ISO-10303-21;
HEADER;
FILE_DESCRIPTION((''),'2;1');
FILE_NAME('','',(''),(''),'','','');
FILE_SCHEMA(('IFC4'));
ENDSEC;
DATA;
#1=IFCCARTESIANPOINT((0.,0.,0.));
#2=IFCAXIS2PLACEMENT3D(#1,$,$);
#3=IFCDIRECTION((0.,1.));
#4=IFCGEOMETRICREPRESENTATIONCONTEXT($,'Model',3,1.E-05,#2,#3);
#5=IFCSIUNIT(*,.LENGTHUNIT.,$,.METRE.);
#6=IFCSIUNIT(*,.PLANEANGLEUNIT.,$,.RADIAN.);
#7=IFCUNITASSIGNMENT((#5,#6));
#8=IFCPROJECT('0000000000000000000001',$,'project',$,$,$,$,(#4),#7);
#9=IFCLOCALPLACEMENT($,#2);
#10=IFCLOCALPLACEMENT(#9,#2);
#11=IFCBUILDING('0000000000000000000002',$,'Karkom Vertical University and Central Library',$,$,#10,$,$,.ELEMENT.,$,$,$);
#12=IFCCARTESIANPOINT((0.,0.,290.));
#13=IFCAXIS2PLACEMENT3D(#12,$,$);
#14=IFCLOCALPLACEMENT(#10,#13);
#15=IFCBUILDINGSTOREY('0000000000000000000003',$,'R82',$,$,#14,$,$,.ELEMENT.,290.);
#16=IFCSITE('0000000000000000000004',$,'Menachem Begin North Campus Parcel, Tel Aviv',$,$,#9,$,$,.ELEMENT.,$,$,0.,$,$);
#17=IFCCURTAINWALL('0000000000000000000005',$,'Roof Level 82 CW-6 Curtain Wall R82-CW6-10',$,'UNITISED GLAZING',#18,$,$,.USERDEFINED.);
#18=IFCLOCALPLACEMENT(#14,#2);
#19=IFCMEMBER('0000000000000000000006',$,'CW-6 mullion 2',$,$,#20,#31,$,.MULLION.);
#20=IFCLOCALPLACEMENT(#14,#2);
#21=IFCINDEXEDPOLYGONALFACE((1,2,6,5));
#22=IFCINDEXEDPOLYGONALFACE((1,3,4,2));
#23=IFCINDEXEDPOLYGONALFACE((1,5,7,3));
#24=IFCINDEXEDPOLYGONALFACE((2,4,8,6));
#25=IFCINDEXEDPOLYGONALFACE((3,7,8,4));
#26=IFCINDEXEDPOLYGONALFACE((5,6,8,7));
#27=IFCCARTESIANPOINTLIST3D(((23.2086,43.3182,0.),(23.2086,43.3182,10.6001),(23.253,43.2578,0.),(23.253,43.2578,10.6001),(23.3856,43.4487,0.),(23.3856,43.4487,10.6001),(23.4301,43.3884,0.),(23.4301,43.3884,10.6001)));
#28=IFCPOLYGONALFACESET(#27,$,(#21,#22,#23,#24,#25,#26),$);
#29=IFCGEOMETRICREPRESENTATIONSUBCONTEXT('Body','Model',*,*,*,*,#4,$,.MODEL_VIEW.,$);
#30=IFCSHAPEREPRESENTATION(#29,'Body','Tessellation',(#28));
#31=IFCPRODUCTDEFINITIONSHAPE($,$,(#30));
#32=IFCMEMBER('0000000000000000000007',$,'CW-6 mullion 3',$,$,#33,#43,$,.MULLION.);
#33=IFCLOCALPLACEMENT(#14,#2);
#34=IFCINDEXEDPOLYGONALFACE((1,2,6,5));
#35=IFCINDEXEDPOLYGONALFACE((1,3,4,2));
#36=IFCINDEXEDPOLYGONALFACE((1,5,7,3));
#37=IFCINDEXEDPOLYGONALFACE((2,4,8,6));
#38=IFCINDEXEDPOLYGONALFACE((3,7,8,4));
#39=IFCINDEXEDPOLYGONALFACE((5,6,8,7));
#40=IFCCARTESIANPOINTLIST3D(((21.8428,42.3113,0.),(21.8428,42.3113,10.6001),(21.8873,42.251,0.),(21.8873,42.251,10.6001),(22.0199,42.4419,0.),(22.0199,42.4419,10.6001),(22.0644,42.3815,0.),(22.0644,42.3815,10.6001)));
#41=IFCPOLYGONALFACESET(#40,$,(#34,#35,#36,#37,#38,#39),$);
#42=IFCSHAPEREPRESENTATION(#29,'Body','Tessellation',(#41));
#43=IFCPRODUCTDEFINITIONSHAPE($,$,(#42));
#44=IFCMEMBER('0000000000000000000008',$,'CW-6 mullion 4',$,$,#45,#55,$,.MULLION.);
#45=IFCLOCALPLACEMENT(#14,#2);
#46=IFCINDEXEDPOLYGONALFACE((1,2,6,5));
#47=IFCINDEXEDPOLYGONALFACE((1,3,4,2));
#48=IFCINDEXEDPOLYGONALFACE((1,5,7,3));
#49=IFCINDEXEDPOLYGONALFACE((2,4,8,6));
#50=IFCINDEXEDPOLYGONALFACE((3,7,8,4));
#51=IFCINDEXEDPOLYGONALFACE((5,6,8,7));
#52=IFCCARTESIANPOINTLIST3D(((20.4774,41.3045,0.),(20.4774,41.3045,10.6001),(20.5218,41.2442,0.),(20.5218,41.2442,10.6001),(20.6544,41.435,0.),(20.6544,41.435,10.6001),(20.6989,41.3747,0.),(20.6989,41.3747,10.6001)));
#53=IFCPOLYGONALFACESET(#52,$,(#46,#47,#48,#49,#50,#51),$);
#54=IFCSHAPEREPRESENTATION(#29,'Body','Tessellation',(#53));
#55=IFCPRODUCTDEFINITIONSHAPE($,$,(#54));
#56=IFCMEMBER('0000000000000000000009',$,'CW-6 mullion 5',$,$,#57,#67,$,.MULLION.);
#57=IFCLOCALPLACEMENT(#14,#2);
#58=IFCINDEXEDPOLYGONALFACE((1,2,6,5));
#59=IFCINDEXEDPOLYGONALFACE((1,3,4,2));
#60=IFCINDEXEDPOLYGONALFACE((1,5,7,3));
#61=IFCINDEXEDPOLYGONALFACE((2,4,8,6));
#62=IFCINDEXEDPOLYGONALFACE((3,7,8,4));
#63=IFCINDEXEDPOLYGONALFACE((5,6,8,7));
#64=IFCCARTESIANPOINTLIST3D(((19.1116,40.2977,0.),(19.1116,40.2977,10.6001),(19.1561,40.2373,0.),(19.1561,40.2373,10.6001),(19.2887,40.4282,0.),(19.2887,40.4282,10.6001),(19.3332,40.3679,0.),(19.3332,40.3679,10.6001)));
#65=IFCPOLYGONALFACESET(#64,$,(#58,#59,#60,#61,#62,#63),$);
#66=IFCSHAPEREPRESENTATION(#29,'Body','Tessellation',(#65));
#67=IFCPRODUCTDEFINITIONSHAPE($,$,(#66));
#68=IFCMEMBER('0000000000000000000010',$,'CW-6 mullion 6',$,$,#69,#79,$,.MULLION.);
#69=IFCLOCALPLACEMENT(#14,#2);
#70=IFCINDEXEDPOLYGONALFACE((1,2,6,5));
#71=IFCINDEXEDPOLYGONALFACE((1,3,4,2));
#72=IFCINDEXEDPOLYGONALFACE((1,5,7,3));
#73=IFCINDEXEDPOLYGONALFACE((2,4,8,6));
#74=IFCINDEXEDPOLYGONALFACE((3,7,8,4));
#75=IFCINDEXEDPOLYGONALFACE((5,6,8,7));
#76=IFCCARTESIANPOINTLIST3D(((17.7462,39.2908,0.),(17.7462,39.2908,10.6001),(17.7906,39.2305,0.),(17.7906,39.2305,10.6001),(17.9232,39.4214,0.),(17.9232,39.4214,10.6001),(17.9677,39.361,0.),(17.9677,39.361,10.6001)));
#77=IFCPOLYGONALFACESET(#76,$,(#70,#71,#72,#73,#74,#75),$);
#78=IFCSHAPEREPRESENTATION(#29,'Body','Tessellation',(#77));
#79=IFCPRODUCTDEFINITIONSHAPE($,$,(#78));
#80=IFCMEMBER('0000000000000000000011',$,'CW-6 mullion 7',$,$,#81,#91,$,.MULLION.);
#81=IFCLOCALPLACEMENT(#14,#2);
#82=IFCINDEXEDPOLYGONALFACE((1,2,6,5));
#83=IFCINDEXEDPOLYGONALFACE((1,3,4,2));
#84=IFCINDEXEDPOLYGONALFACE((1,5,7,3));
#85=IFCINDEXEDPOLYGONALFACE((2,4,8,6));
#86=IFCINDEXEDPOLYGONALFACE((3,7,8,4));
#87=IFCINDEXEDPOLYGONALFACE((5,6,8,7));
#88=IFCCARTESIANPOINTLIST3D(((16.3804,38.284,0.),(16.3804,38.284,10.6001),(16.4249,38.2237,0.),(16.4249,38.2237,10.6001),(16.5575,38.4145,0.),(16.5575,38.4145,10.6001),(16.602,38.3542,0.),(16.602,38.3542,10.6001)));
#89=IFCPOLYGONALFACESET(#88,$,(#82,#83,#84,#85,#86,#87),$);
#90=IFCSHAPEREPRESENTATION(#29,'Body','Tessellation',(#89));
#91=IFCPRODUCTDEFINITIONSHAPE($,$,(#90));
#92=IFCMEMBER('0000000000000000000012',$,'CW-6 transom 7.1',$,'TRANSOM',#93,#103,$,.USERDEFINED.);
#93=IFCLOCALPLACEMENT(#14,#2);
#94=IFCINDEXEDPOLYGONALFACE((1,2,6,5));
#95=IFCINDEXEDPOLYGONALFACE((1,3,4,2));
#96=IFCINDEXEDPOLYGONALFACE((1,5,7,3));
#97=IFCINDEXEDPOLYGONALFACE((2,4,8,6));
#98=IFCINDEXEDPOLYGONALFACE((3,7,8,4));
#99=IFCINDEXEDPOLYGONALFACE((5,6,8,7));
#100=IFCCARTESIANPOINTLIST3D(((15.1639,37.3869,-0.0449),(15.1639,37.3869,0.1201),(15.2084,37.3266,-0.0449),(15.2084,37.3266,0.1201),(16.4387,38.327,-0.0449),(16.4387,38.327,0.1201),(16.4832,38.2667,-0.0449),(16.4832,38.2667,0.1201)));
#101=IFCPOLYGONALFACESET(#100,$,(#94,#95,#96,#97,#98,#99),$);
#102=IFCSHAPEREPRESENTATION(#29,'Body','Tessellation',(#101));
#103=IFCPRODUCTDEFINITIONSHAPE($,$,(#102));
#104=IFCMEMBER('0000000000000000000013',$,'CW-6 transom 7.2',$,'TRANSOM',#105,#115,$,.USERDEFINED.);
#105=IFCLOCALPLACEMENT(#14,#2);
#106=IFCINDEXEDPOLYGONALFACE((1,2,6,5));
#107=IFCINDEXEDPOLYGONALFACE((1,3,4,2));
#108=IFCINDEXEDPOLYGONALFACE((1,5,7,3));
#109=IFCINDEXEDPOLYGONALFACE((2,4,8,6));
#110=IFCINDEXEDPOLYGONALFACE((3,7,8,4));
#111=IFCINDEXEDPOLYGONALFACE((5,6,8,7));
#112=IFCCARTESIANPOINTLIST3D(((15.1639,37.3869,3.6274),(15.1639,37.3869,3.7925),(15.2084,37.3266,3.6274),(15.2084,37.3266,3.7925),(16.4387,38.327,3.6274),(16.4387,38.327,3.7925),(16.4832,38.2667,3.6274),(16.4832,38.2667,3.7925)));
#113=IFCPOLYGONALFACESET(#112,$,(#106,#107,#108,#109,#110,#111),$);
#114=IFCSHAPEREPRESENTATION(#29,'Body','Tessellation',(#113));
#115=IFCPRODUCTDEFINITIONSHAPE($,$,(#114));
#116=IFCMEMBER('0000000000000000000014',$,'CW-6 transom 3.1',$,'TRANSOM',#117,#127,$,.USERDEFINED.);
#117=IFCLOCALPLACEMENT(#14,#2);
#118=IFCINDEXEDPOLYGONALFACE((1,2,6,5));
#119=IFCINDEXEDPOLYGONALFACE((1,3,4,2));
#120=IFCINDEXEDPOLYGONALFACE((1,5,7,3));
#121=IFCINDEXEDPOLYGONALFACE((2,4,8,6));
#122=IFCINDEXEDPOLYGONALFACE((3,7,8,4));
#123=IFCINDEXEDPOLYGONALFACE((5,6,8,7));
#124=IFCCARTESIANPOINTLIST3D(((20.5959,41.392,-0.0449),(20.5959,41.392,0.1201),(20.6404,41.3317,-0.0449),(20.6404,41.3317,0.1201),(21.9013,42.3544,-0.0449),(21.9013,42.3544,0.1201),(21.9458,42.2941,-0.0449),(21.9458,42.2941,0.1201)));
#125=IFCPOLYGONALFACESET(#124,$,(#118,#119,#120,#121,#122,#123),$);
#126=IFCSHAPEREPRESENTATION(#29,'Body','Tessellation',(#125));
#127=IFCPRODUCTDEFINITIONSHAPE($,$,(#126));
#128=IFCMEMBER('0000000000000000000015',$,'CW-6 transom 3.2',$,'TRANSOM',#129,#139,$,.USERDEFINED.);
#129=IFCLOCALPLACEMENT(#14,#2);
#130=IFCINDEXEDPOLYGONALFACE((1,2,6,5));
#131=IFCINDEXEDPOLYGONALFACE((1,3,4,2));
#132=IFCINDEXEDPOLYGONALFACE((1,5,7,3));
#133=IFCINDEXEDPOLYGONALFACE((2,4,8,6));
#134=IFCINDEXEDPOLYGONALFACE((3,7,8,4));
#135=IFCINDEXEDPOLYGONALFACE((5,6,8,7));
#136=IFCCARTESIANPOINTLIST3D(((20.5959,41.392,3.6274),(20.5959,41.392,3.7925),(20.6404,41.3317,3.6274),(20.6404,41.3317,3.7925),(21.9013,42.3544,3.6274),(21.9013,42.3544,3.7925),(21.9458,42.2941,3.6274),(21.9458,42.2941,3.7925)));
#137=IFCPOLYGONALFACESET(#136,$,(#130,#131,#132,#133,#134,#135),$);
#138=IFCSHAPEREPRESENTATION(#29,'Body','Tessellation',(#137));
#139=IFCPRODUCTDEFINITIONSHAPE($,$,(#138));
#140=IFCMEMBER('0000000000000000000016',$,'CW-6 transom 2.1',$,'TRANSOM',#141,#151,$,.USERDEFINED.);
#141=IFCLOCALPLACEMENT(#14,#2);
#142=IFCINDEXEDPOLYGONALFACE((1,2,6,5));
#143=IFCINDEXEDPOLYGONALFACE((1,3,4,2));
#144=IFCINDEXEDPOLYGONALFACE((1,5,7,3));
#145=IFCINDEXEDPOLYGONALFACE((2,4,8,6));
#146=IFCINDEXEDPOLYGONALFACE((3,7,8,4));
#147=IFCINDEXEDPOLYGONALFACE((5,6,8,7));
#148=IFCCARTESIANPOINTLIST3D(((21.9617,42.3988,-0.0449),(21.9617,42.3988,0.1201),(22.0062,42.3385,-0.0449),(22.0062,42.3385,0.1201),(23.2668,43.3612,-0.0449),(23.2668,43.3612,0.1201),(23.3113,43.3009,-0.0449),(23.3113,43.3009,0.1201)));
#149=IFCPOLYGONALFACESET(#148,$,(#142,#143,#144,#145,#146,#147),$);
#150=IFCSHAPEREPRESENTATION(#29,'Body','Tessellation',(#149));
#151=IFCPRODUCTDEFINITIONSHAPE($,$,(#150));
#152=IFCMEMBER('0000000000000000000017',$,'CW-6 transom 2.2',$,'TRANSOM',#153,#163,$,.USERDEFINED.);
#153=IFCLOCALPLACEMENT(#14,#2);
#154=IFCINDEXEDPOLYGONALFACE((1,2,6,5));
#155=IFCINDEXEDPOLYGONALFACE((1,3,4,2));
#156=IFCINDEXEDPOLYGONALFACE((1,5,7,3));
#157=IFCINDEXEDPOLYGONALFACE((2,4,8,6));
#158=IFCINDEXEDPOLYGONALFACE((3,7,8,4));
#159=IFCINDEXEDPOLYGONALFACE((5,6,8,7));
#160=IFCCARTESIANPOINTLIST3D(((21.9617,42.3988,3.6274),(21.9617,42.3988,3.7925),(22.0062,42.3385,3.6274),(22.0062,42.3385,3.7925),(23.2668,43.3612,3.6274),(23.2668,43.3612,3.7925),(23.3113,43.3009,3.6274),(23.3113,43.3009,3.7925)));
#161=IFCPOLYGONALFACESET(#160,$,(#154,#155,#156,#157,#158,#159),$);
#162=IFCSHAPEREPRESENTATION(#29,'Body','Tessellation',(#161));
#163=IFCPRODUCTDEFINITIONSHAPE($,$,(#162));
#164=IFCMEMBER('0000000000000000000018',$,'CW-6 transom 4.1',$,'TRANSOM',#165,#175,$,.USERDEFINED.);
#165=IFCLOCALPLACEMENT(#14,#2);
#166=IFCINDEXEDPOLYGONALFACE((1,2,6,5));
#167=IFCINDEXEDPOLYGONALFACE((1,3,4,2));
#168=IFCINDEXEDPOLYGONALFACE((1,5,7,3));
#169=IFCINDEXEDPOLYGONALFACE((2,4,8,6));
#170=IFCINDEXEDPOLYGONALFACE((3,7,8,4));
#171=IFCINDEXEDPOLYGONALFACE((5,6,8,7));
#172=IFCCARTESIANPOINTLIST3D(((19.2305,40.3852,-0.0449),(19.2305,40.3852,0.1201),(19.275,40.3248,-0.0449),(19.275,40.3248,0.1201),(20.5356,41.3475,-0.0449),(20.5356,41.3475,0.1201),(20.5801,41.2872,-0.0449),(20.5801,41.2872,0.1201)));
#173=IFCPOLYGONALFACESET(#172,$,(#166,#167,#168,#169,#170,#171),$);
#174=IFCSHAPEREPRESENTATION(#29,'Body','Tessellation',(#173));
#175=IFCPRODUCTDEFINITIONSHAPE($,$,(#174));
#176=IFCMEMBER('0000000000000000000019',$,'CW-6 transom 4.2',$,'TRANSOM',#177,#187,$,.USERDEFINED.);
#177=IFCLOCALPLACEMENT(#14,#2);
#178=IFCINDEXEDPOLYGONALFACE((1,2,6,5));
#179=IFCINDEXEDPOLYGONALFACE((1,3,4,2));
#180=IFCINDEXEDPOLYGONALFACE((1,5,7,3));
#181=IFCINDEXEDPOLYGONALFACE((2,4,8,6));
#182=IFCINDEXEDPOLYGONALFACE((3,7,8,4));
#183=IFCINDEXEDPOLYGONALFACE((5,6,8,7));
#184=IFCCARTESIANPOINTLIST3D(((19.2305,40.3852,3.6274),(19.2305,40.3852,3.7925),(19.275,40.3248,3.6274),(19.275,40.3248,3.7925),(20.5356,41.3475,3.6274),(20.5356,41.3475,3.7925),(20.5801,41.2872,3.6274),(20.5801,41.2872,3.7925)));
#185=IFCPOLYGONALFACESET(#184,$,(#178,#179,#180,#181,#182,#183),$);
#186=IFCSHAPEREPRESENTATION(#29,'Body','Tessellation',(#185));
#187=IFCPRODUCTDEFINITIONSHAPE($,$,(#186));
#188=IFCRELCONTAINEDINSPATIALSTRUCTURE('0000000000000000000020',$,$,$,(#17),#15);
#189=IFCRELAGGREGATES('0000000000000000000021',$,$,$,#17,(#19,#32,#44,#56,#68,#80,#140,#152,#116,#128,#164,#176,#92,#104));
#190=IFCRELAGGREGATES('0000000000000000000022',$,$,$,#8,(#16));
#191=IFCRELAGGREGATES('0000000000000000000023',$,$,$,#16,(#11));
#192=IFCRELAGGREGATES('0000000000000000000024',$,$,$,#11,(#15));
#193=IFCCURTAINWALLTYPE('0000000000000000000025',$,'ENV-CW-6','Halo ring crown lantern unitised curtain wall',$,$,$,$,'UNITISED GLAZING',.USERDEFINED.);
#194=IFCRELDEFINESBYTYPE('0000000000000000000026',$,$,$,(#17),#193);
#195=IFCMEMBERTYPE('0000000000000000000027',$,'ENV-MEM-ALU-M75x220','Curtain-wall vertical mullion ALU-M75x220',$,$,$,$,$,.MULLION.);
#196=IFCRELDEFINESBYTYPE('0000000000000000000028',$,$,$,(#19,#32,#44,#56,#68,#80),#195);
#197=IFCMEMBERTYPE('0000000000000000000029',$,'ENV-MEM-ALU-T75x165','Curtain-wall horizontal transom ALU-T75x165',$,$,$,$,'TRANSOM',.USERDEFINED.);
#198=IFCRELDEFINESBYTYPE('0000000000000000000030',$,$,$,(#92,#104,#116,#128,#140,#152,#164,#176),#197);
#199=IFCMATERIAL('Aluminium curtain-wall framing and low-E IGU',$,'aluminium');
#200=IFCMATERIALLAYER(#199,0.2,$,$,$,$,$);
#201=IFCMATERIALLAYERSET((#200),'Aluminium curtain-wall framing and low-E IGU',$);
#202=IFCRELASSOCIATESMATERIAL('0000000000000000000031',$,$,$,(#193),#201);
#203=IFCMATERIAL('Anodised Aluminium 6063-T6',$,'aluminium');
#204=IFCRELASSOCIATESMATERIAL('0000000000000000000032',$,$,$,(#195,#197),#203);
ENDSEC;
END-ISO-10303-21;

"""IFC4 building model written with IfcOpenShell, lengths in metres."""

from ifc_helpers import new_model, si_unit, direction, frame, origin, origin_with_axes, origin_2d, place, context, subcontext, project, spatial, rectangle, extrude, source, transform, mapped, material, layer, layer_set, material_profile, profile_set, type_object, element, aggregate, save


model = new_model("IFC4")

# Units and contexts
model_context = context("Model", 3, precision=1e-05, world=origin(), true_north=direction((0.0, 1.0)))
body_context = subcontext(model_context, "Body", "Model", "MODEL_VIEW")
ifc_project = project(units=[si_unit("LENGTHUNIT", "METRE"), si_unit("PLANEANGLEUNIT", "RADIAN")], contexts=[model_context])

# Site, building, storey
site_placement = place(None, origin())
site = spatial("IfcSite", under=ifc_project, at=site_placement, Name="Menachem Begin North Campus Parcel, Tel Aviv", CompositionType="ELEMENT", RefElevation=0.0)
building_placement = place(site_placement, origin())
building = spatial("IfcBuilding", under=site, at=building_placement, Name="Karkom Vertical University and Central Library", CompositionType="ELEMENT")
storey_placement = place(building_placement, frame((0.0, 0.0, 290.0)))
storey = spatial("IfcBuildingStorey", under=building, at=storey_placement, Name="R82", CompositionType="ELEMENT", Elevation=290.0)

# Curtain wall, members
ifc_material_1 = material(Name="Aluminium curtain-wall framing and low-E IGU", Category="aluminium")
ifc_layer_1 = layer(ifc_material_1, 0.2)
ifc_layer_set_1 = layer_set([ifc_layer_1], Name="Aluminium curtain-wall framing and low-E IGU")
curtain_wall_type = type_object("IfcCurtainWallType", Name="ENV-CW-6", Description="Halo ring crown lantern unitised curtain wall", ElementType="UNITISED GLAZING", PredefinedType="USERDEFINED", material=ifc_layer_set_1)
curtain_wall_placement = place(storey_placement, origin())
curtain_wall = element("IfcCurtainWall", 1, at=curtain_wall_placement, inside=storey, type_object=curtain_wall_type, Name="Roof Level 82 CW-6 Curtain Wall R82-CW6-10", ObjectType="UNITISED GLAZING", PredefinedType="USERDEFINED")
ifc_material_2 = material(Name="Anodised Aluminium 6063-T6", Category="aluminium")
ifc_material_profile_1 = material_profile(ifc_material_2, rectangle(XDim=0.075, YDim=0.22, at=origin_2d()), Name="ALU-M75x220")
ifc_profile_set_1 = profile_set([ifc_material_profile_1], Name="Anodised Aluminium 6063-T6")
member_type_1 = type_object("IfcMemberType", Name="ENV-MEM-ALU-M75x220", Description="Curtain-wall vertical mullion ALU-M75x220", PredefinedType="MULLION", material=ifc_profile_set_1)
shared_shape_1 = source(origin_with_axes(), body_context, "Body", "SweptSolid", [
    extrude(rectangle(XDim=0.075, YDim=0.22, at=origin_2d()), origin(), (0.0, 0.0, 1.0), 10.6001),
])
member_1_placement = place(storey_placement, frame((23.3193, 43.3533, 0.0), z_axis=(0.0, 0.0, 1.0), x_axis=(0.593428, -0.804887, 0.0)))
member_1 = element("IfcMember", 2, at=member_1_placement, type_object=member_type_1, Name="CW-6 mullion 2", PredefinedType="MULLION", context=body_context, shape_type="MappedRepresentation", body=[
    mapped(shared_shape_1, transform((0.0, 0.0, 0.0), scale=1.0)),
])
member_2_placement = place(storey_placement, frame((21.9536, 42.3464, 0.0), z_axis=(0.0, 0.0, 1.0), x_axis=(0.593428, -0.804887, 0.0)))
member_2 = element("IfcMember", 3, at=member_2_placement, type_object=member_type_1, Name="CW-6 mullion 3", PredefinedType="MULLION", context=body_context, shape_type="MappedRepresentation", body=[
    mapped(shared_shape_1, transform((0.0, 0.0, 0.0), scale=1.0)),
])
member_3_placement = place(storey_placement, frame((20.5881, 41.3396, 0.0), z_axis=(0.0, 0.0, 1.0), x_axis=(0.593428, -0.804887, 0.0)))
member_3 = element("IfcMember", 4, at=member_3_placement, type_object=member_type_1, Name="CW-6 mullion 4", PredefinedType="MULLION", context=body_context, shape_type="MappedRepresentation", body=[
    mapped(shared_shape_1, transform((0.0, 0.0, 0.0), scale=1.0)),
])
member_4_placement = place(storey_placement, frame((19.2224, 40.3328, 0.0), z_axis=(0.0, 0.0, 1.0), x_axis=(0.593428, -0.804887, 0.0)))
member_4 = element("IfcMember", 5, at=member_4_placement, type_object=member_type_1, Name="CW-6 mullion 5", PredefinedType="MULLION", context=body_context, shape_type="MappedRepresentation", body=[
    mapped(shared_shape_1, transform((0.0, 0.0, 0.0), scale=1.0)),
])
member_5_placement = place(storey_placement, frame((17.8569, 39.3259, 0.0), z_axis=(0.0, 0.0, 1.0), x_axis=(0.593428, -0.804887, 0.0)))
member_5 = element("IfcMember", 6, at=member_5_placement, type_object=member_type_1, Name="CW-6 mullion 6", PredefinedType="MULLION", context=body_context, shape_type="MappedRepresentation", body=[
    mapped(shared_shape_1, transform((0.0, 0.0, 0.0), scale=1.0)),
])
member_6_placement = place(storey_placement, frame((16.4912, 38.3191, 0.0), z_axis=(0.0, 0.0, 1.0), x_axis=(0.593428, -0.804887, 0.0)))
member_6 = element("IfcMember", 7, at=member_6_placement, type_object=member_type_1, Name="CW-6 mullion 7", PredefinedType="MULLION", context=body_context, shape_type="MappedRepresentation", body=[
    mapped(shared_shape_1, transform((0.0, 0.0, 0.0), scale=1.0)),
])
ifc_material_profile_2 = material_profile(ifc_material_2, rectangle(XDim=0.075, YDim=0.165, at=origin_2d()), Name="ALU-T75x165")
ifc_profile_set_2 = profile_set([ifc_material_profile_2], Name="Anodised Aluminium 6063-T6")
member_type_2 = type_object("IfcMemberType", Name="ENV-MEM-ALU-T75x165", Description="Curtain-wall horizontal transom ALU-T75x165", ElementType="TRANSOM", PredefinedType="USERDEFINED", material=ifc_profile_set_2)
shared_shape_2 = source(origin_with_axes(), body_context, "Body", "SweptSolid", [
    extrude(rectangle(XDim=0.075, YDim=0.165, at=origin_2d()), origin(), (0.0, 0.0, 1.0), 1.584),
])
member_7_placement = place(storey_placement, frame((16.4609, 38.2969, 0.0376), z_axis=(-0.804819, -0.59352, 0.0), x_axis=(0.59352, -0.804819, 0.0)))
member_7 = element("IfcMember", 8, at=member_7_placement, type_object=member_type_2, Name="CW-6 transom 7.1", ObjectType="TRANSOM", PredefinedType="USERDEFINED", context=body_context, shape_type="MappedRepresentation", body=[
    mapped(shared_shape_2, transform((0.0, 0.0, 0.0), scale=1.0)),
])
member_8_placement = place(storey_placement, frame((16.4609, 38.2969, 3.71), z_axis=(-0.804819, -0.59352, 0.0), x_axis=(0.59352, -0.804819, 0.0)))
member_8 = element("IfcMember", 9, at=member_8_placement, type_object=member_type_2, Name="CW-6 transom 7.2", ObjectType="TRANSOM", PredefinedType="USERDEFINED", context=body_context, shape_type="MappedRepresentation", body=[
    mapped(shared_shape_2, transform((0.0, 0.0, 0.0), scale=1.0)),
])
shared_shape_3 = source(origin_with_axes(), body_context, "Body", "SweptSolid", [
    extrude(rectangle(XDim=0.075, YDim=0.165, at=origin_2d()), origin(), (0.0, 0.0, 1.0), 1.6218),
])
member_9_placement = place(storey_placement, frame((21.9236, 42.3242, 0.0376), z_axis=(-0.804904, -0.593404, 0.0), x_axis=(0.593404, -0.804904, 0.0)))
member_9 = element("IfcMember", 10, at=member_9_placement, type_object=member_type_2, Name="CW-6 transom 3.1", ObjectType="TRANSOM", PredefinedType="USERDEFINED", context=body_context, shape_type="MappedRepresentation", body=[
    mapped(shared_shape_3, transform((0.0, 0.0, 0.0), scale=1.0)),
])
member_10_placement = place(storey_placement, frame((21.9236, 42.3242, 3.71), z_axis=(-0.804904, -0.593404, 0.0), x_axis=(0.593404, -0.804904, 0.0)))
member_10 = element("IfcMember", 11, at=member_10_placement, type_object=member_type_2, Name="CW-6 transom 3.2", ObjectType="TRANSOM", PredefinedType="USERDEFINED", context=body_context, shape_type="MappedRepresentation", body=[
    mapped(shared_shape_3, transform((0.0, 0.0, 0.0), scale=1.0)),
])
shared_shape_4 = source(origin_with_axes(), body_context, "Body", "SweptSolid", [
    extrude(rectangle(XDim=0.075, YDim=0.165, at=origin_2d()), origin(), (0.0, 0.0, 1.0), 1.6216),
])
member_11_placement = place(storey_placement, frame((23.2891, 43.3311, 0.0376), z_axis=(-0.804851, -0.593476, 0.0), x_axis=(0.593476, -0.804851, 0.0)))
member_11 = element("IfcMember", 12, at=member_11_placement, type_object=member_type_2, Name="CW-6 transom 2.1", ObjectType="TRANSOM", PredefinedType="USERDEFINED", context=body_context, shape_type="MappedRepresentation", body=[
    mapped(shared_shape_4, transform((0.0, 0.0, 0.0), scale=1.0)),
])
member_12_placement = place(storey_placement, frame((23.2891, 43.3311, 3.71), z_axis=(-0.804851, -0.593476, 0.0), x_axis=(0.593476, -0.804851, 0.0)))
member_12 = element("IfcMember", 13, at=member_12_placement, type_object=member_type_2, Name="CW-6 transom 2.2", ObjectType="TRANSOM", PredefinedType="USERDEFINED", context=body_context, shape_type="MappedRepresentation", body=[
    mapped(shared_shape_4, transform((0.0, 0.0, 0.0), scale=1.0)),
])
member_13_placement = place(storey_placement, frame((20.5579, 41.3174, 0.0376), z_axis=(-0.804851, -0.593476, 0.0), x_axis=(0.593476, -0.804851, 0.0)))
member_13 = element("IfcMember", 14, at=member_13_placement, type_object=member_type_2, Name="CW-6 transom 4.1", ObjectType="TRANSOM", PredefinedType="USERDEFINED", context=body_context, shape_type="MappedRepresentation", body=[
    mapped(shared_shape_4, transform((0.0, 0.0, 0.0), scale=1.0)),
])
member_14_placement = place(storey_placement, frame((20.5579, 41.3174, 3.71), z_axis=(-0.804851, -0.593476, 0.0), x_axis=(0.593476, -0.804851, 0.0)))
member_14 = element("IfcMember", 15, at=member_14_placement, type_object=member_type_2, Name="CW-6 transom 4.2", ObjectType="TRANSOM", PredefinedType="USERDEFINED", context=body_context, shape_type="MappedRepresentation", body=[
    mapped(shared_shape_4, transform((0.0, 0.0, 0.0), scale=1.0)),
])
aggregate(curtain_wall, [member_1, member_2, member_3, member_4, member_5, member_6, member_11, member_12, member_9, member_10, member_13, member_14, member_7, member_8])

save(model, "model.ifc")
